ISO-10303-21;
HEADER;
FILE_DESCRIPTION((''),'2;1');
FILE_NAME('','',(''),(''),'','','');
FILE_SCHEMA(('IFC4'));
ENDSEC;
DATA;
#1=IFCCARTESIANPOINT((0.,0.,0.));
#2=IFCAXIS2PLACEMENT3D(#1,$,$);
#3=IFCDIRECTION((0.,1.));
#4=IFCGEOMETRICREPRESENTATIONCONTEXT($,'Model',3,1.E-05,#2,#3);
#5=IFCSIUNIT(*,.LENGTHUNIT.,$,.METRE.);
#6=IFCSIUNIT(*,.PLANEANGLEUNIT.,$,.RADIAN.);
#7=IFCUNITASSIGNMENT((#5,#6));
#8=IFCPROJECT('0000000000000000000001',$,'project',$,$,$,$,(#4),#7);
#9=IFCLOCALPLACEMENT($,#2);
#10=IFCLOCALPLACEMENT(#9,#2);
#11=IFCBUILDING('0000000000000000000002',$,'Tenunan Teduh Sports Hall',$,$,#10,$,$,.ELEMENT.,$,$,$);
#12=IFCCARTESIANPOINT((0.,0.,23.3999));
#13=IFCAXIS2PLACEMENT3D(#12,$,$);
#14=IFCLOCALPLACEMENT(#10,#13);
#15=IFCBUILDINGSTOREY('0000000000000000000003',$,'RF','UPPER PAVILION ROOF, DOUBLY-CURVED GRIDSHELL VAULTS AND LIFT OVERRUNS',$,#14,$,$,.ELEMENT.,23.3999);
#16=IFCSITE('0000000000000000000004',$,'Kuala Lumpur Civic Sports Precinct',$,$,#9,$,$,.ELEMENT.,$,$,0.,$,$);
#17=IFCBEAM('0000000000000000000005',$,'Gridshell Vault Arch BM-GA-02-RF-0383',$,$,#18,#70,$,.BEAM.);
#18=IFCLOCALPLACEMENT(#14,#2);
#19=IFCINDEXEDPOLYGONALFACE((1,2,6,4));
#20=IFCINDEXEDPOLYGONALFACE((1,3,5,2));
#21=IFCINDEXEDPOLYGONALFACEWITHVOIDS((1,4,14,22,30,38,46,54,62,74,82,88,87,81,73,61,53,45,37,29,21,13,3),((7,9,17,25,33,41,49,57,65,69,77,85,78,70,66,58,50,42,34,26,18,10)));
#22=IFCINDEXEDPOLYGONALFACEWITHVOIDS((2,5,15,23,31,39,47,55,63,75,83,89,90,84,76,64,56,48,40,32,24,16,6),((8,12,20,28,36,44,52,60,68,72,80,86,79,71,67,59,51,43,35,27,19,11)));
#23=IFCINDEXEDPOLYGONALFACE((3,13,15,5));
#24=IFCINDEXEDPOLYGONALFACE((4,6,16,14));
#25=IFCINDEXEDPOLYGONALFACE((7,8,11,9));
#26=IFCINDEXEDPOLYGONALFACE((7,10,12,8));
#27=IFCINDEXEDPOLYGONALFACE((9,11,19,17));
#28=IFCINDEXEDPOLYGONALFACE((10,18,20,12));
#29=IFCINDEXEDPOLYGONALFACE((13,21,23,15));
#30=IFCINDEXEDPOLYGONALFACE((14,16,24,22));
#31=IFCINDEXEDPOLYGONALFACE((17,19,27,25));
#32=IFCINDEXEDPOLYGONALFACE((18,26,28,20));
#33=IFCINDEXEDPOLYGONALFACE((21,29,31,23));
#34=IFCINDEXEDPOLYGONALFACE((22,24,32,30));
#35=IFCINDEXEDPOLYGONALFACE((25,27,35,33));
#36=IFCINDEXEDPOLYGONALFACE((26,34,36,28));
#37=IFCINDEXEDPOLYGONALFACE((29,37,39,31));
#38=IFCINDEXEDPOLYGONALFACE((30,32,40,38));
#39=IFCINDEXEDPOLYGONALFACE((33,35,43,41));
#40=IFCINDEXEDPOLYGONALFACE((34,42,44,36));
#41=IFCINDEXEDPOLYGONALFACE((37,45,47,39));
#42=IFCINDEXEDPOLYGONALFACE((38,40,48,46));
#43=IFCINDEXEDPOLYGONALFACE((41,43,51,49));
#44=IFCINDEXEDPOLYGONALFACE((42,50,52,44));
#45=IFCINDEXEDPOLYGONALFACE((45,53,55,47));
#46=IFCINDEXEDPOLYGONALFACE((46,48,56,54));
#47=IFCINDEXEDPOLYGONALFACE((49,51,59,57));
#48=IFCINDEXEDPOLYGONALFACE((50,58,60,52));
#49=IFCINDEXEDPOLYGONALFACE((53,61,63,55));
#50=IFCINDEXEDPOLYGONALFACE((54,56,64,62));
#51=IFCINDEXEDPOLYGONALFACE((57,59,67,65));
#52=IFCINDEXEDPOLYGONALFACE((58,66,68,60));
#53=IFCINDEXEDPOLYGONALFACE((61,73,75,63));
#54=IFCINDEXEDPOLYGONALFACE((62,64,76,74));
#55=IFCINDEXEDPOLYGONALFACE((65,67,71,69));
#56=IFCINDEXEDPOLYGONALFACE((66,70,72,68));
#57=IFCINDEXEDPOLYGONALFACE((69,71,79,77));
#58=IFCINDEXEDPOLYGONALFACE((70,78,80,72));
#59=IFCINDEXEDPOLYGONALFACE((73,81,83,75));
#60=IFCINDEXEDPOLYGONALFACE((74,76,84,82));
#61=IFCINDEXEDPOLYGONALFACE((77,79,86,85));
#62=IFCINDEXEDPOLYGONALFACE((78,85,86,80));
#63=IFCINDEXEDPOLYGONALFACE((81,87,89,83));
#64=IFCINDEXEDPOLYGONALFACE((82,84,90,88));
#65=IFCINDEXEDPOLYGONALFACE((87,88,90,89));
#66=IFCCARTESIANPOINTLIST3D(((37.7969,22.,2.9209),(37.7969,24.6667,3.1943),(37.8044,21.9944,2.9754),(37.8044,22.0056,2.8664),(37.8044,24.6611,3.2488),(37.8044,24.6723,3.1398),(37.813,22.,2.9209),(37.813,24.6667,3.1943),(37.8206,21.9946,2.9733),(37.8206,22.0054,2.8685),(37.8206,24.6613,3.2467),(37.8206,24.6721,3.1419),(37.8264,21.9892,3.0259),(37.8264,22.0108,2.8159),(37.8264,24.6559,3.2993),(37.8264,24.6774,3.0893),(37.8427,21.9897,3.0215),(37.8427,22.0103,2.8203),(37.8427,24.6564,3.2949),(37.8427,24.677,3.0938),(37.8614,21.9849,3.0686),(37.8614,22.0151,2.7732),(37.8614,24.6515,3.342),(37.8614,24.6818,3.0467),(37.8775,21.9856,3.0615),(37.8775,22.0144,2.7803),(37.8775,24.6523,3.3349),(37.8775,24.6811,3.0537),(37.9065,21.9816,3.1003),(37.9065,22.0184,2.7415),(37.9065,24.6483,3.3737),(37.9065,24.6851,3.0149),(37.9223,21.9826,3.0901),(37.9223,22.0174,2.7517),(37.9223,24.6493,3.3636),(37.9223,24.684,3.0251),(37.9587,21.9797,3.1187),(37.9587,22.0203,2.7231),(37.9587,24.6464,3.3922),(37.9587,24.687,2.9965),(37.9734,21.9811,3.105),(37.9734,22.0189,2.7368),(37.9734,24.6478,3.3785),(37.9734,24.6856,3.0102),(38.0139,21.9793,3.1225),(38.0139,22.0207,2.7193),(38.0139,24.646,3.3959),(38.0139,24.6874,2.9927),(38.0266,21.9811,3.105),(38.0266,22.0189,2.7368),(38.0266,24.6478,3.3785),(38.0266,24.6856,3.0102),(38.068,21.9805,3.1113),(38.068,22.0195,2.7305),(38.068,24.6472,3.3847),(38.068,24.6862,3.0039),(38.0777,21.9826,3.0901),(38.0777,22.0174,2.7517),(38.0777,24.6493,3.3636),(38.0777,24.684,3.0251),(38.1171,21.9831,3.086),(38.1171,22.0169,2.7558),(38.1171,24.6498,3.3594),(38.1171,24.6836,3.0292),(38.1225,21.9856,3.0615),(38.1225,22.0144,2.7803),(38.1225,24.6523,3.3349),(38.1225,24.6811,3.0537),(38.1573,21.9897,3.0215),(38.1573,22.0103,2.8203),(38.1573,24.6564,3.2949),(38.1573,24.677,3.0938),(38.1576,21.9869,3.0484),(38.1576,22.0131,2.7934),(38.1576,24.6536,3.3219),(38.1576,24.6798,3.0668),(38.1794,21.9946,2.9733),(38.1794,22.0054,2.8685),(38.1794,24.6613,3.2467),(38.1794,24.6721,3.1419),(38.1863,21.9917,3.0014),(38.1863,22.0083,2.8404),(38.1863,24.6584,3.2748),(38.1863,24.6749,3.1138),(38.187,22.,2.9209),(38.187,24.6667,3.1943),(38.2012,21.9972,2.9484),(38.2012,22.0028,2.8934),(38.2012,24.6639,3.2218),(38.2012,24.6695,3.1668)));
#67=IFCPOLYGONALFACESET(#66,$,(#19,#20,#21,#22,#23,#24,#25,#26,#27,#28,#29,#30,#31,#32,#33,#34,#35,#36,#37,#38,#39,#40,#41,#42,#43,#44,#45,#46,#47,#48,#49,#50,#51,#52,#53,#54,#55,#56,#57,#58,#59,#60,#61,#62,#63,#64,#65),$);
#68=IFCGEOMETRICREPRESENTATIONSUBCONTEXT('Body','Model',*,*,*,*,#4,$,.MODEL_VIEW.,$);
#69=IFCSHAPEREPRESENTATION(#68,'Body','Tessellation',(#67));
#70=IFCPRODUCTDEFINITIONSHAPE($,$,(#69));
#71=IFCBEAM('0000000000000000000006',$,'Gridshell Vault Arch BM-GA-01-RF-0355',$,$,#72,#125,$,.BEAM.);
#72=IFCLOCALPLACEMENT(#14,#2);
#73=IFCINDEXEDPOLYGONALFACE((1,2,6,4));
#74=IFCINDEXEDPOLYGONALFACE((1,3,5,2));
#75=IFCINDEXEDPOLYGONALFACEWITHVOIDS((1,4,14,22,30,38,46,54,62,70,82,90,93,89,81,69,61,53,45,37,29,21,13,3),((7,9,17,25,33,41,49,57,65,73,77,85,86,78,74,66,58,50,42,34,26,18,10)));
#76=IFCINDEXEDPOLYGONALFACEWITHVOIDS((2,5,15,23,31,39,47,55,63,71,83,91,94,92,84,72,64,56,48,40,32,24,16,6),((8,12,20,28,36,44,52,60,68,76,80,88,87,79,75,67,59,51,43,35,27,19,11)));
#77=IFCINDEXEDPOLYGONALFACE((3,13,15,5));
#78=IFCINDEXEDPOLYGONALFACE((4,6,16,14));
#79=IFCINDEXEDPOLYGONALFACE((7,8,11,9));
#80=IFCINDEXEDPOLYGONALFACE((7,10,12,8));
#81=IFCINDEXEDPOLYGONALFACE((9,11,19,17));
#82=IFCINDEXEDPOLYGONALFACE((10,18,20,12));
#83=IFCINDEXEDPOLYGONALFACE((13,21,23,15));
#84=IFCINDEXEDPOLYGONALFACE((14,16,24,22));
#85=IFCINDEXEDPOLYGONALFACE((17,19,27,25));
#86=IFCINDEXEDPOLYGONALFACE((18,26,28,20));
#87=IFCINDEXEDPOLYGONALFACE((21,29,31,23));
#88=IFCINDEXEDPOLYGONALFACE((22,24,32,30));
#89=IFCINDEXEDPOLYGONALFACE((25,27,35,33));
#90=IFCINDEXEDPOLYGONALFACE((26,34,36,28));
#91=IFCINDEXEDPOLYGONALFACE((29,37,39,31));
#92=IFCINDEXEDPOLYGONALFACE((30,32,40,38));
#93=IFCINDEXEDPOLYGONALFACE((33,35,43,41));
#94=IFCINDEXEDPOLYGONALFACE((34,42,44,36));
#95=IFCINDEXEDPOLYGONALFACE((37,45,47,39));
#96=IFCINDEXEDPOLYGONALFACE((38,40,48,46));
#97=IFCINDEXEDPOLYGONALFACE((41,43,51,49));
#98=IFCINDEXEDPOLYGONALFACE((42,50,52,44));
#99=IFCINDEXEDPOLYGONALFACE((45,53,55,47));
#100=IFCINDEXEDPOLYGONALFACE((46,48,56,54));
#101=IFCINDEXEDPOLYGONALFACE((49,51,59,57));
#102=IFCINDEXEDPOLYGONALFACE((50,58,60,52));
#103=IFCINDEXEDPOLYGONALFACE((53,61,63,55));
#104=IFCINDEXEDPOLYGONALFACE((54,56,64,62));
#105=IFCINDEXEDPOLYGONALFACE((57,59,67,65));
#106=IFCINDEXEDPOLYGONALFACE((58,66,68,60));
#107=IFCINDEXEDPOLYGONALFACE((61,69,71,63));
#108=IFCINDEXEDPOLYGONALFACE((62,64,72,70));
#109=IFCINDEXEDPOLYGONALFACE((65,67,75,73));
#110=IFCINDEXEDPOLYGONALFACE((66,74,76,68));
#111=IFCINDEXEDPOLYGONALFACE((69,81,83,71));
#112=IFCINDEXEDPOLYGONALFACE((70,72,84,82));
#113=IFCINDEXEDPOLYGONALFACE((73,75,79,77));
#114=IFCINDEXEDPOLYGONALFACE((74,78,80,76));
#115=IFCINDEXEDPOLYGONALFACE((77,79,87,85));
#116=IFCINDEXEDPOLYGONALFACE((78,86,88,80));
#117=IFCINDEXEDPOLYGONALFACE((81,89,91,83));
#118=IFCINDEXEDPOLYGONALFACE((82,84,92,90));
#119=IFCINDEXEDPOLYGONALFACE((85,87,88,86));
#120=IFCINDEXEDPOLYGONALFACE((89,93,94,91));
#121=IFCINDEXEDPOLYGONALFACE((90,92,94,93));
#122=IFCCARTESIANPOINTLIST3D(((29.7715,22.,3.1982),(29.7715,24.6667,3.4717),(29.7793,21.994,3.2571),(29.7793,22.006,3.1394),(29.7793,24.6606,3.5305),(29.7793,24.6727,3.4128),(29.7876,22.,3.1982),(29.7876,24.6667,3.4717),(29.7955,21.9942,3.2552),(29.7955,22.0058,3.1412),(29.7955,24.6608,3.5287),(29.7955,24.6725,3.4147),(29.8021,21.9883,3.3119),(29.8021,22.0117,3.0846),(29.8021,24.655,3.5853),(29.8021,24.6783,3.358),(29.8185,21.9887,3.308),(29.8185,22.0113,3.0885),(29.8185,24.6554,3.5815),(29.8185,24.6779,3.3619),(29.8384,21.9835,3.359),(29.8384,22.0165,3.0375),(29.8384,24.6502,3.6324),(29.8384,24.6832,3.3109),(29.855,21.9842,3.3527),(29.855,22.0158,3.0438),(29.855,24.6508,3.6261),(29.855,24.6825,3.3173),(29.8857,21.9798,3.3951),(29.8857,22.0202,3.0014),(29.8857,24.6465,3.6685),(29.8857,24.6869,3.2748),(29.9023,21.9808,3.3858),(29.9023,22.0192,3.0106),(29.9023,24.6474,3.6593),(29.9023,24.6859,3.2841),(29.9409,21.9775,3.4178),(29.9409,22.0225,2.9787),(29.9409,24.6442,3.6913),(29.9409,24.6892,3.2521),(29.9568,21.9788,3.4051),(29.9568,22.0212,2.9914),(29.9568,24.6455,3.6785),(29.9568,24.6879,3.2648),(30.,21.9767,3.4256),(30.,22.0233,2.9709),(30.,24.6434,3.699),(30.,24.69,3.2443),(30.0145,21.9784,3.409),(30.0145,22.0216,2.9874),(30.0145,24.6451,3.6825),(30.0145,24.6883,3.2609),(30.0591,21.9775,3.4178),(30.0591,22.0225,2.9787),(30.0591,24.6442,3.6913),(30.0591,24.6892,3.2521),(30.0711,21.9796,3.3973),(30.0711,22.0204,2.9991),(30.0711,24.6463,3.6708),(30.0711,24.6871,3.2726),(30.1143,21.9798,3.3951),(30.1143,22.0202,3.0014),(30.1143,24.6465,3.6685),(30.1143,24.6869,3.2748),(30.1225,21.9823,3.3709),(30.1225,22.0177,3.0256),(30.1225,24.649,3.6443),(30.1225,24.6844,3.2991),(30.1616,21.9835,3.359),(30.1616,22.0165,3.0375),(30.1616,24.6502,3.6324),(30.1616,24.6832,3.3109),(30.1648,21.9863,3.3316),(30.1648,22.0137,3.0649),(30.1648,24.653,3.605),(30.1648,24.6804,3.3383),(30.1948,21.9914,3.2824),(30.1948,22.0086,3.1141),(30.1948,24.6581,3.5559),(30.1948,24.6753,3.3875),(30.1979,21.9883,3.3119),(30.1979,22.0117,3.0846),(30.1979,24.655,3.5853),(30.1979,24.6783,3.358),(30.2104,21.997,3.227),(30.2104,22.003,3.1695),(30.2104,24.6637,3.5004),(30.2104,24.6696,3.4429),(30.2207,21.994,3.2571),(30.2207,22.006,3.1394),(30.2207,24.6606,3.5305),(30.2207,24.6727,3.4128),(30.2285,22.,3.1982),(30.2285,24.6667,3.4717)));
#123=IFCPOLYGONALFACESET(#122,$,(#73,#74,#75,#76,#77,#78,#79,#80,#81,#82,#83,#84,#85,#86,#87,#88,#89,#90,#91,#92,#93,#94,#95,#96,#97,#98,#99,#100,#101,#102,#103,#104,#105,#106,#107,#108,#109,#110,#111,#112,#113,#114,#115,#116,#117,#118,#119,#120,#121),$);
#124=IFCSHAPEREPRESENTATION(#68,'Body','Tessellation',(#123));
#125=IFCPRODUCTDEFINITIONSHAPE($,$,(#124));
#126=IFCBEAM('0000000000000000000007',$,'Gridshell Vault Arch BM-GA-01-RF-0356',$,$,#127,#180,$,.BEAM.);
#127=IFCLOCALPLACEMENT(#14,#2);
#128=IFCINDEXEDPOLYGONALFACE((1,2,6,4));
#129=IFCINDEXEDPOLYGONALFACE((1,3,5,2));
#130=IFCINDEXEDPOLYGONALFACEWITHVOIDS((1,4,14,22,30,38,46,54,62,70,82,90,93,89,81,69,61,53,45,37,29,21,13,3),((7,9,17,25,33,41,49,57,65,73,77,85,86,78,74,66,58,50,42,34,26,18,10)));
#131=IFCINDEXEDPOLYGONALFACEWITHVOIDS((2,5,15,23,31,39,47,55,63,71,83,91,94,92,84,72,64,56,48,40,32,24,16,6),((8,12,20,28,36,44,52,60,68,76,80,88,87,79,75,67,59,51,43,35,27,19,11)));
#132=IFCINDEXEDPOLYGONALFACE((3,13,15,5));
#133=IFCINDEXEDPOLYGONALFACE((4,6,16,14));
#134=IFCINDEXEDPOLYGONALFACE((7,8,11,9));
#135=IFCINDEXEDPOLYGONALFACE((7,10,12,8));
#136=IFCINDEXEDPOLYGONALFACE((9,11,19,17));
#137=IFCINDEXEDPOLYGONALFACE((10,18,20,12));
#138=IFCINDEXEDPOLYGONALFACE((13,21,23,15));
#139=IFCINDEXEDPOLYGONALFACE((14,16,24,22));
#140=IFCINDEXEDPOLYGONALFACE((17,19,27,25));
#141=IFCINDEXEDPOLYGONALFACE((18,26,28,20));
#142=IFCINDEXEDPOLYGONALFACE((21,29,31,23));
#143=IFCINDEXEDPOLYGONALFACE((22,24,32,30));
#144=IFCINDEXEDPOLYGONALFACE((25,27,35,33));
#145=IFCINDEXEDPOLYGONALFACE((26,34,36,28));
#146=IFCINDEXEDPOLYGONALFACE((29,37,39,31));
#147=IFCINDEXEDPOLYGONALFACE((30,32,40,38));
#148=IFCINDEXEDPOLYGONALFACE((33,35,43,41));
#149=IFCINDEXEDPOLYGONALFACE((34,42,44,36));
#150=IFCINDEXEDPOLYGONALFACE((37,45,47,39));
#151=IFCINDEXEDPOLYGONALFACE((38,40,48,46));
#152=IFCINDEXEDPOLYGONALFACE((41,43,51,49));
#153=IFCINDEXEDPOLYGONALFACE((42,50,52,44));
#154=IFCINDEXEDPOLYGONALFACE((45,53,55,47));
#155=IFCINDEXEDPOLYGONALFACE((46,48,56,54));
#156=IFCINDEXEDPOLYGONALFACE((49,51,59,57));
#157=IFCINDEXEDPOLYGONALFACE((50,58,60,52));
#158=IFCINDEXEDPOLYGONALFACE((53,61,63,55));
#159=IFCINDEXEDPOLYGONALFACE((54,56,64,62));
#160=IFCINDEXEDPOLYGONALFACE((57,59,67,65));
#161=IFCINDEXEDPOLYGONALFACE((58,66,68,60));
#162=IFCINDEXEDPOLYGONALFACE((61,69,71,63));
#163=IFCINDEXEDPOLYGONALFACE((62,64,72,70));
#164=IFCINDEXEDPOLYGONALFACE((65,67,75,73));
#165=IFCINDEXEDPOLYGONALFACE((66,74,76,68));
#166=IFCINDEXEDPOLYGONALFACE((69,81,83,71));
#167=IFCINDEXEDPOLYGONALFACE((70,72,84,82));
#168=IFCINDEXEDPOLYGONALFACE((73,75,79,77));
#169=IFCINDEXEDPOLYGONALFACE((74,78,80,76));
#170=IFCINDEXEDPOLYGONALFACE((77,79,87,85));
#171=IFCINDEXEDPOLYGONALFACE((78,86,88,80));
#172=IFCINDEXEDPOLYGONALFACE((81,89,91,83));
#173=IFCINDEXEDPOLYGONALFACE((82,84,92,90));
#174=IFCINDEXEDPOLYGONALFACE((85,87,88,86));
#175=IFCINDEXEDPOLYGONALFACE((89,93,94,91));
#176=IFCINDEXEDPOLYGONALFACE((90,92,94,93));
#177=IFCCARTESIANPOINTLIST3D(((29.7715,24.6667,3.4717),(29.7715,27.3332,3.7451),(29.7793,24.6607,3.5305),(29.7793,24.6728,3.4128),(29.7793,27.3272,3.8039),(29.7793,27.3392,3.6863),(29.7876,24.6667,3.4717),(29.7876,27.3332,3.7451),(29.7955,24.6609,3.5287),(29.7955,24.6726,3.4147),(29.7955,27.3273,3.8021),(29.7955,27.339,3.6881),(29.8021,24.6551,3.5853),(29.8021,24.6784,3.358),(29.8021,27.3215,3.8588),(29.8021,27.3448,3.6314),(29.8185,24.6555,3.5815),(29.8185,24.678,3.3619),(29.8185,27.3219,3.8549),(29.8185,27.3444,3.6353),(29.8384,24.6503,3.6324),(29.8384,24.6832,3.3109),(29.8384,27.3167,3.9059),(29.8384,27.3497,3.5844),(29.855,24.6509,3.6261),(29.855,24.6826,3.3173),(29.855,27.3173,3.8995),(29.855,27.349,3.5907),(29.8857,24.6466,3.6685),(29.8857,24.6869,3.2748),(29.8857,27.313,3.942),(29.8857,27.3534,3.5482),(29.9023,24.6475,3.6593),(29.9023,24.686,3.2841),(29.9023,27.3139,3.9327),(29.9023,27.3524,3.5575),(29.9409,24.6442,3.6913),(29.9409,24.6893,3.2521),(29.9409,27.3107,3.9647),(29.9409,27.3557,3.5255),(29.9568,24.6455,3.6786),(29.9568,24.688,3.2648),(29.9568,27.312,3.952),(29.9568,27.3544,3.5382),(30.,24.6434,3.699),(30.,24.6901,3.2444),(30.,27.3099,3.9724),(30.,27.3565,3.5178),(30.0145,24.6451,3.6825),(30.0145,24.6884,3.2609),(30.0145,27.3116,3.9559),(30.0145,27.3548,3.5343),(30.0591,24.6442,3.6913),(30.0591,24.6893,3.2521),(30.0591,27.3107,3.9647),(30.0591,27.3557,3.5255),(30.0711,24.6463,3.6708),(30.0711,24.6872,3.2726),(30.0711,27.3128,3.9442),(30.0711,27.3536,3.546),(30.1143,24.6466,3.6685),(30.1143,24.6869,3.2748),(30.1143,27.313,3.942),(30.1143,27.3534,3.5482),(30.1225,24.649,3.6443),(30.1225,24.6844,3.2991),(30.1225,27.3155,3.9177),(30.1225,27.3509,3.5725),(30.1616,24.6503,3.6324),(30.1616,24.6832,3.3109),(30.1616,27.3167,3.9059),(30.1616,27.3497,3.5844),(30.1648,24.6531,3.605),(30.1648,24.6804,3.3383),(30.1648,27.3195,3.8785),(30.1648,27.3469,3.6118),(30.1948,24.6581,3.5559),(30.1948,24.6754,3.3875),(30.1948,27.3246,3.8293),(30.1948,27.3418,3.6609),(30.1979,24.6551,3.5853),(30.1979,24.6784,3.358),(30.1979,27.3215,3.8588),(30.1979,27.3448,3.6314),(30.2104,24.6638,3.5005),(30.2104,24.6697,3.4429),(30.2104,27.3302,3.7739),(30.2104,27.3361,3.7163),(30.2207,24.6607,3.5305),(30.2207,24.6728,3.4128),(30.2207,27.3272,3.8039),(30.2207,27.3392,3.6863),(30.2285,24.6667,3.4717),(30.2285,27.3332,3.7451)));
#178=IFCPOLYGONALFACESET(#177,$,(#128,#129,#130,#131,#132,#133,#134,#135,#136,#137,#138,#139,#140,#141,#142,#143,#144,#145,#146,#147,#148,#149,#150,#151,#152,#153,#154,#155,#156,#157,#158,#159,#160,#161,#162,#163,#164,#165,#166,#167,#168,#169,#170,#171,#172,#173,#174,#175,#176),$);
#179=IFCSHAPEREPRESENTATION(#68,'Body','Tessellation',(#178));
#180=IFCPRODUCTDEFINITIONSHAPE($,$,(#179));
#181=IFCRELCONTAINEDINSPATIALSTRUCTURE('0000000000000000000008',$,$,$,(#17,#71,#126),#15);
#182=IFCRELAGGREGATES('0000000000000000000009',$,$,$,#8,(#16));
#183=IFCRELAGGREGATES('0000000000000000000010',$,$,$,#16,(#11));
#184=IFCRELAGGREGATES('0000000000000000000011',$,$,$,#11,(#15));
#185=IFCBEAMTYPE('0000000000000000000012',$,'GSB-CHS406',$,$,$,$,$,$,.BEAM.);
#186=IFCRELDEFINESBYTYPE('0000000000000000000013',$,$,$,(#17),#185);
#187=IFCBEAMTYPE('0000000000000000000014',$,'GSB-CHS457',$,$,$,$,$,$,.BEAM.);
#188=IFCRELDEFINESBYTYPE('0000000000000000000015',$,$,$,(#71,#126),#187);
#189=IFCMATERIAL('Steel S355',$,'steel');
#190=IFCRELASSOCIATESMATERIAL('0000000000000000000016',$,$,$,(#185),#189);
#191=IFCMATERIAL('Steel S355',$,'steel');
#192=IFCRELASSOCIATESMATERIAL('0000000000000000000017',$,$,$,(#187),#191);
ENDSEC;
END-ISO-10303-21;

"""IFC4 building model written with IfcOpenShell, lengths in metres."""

from ifc_helpers import new_model, si_unit, direction, frame, origin, origin_2d, place, context, subcontext, project, spatial, hollow_circle, extrude, material, material_profile, profile_set, type_object, element, save


model = new_model("IFC4")

# Units and contexts
model_context = context("Model", 3, precision=1e-05, world=origin(), true_north=direction((0.0, 1.0)))
body_context = subcontext(model_context, "Body", "Model", "MODEL_VIEW")
ifc_project = project(units=[si_unit("LENGTHUNIT", "METRE"), si_unit("PLANEANGLEUNIT", "RADIAN")], contexts=[model_context])

# Site, building, storey
site_placement = place(None, origin())
site = spatial("IfcSite", under=ifc_project, at=site_placement, Name="Kuala Lumpur Civic Sports Precinct", CompositionType="ELEMENT", RefElevation=0.0)
building_placement = place(site_placement, origin())
building = spatial("IfcBuilding", under=site, at=building_placement, Name="Tenunan Teduh Sports Hall", CompositionType="ELEMENT")
storey_placement = place(building_placement, frame((0.0, 0.0, 23.3999)))
storey = spatial("IfcBuildingStorey", under=building, at=storey_placement, Name="RF", Description="UPPER PAVILION ROOF, DOUBLY-CURVED GRIDSHELL VAULTS AND LIFT OVERRUNS", CompositionType="ELEMENT", Elevation=23.3999)

# Beams
ifc_material_1 = material(Name="Steel S355", Category="steel")
ifc_material_profile_1 = material_profile(ifc_material_1, hollow_circle(Radius=0.2031, WallThickness=0.0161, at=origin_2d()), Name="CHS 406.4x16.0")
ifc_profile_set_1 = profile_set([ifc_material_profile_1], Name="Steel S355")
beam_type_1 = type_object("IfcBeamType", Name="GSB-CHS406", PredefinedType="BEAM", material=ifc_profile_set_1)
beam_1_placement = place(storey_placement, frame((38.0, 22.0, 2.9209), z_axis=(0.0, 0.994784, 0.102001), x_axis=(-1.0, 0.0, 0.0)))
element("IfcBeam", 1, at=beam_1_placement, inside=storey, type_object=beam_type_1, Name="Gridshell Vault Arch BM-GA-02-RF-0383", PredefinedType="BEAM", context=body_context, shape_type="SweptSolid", body=[
    extrude(hollow_circle(Radius=0.2031, WallThickness=0.0161, at=origin_2d()), origin(), (0.0, 0.0, 1.0), 2.6807),
])
ifc_material_2 = material(Name="Steel S355", Category="steel")
ifc_material_profile_2 = material_profile(ifc_material_2, hollow_circle(Radius=0.2285, WallThickness=0.0161, at=origin_2d()), Name="CHS 457.0x16.0")
ifc_profile_set_2 = profile_set([ifc_material_profile_2], Name="Steel S355")
beam_type_2 = type_object("IfcBeamType", Name="GSB-CHS457", PredefinedType="BEAM", material=ifc_profile_set_2)
beam_2_placement = place(storey_placement, frame((30.0, 22.0, 3.1982), z_axis=(0.0, 0.994784, 0.102001), x_axis=(-1.0, 0.0, 0.0)))
element("IfcBeam", 2, at=beam_2_placement, inside=storey, type_object=beam_type_2, Name="Gridshell Vault Arch BM-GA-01-RF-0355", PredefinedType="BEAM", context=body_context, shape_type="SweptSolid", body=[
    extrude(hollow_circle(Radius=0.2285, WallThickness=0.0161, at=origin_2d()), origin(), (0.0, 0.0, 1.0), 2.6807),
])
beam_3_placement = place(storey_placement, frame((30.0, 24.6667, 3.4717), z_axis=(0.0, 0.994783, 0.10201), x_axis=(-1.0, 0.0, 0.0)))
element("IfcBeam", 3, at=beam_3_placement, inside=storey, type_object=beam_type_2, Name="Gridshell Vault Arch BM-GA-01-RF-0356", PredefinedType="BEAM", context=body_context, shape_type="SweptSolid", body=[
    extrude(hollow_circle(Radius=0.2285, WallThickness=0.0161, at=origin_2d()), origin(), (0.0, 0.0, 1.0), 2.6804),
])

save(model, "model.ifc")
